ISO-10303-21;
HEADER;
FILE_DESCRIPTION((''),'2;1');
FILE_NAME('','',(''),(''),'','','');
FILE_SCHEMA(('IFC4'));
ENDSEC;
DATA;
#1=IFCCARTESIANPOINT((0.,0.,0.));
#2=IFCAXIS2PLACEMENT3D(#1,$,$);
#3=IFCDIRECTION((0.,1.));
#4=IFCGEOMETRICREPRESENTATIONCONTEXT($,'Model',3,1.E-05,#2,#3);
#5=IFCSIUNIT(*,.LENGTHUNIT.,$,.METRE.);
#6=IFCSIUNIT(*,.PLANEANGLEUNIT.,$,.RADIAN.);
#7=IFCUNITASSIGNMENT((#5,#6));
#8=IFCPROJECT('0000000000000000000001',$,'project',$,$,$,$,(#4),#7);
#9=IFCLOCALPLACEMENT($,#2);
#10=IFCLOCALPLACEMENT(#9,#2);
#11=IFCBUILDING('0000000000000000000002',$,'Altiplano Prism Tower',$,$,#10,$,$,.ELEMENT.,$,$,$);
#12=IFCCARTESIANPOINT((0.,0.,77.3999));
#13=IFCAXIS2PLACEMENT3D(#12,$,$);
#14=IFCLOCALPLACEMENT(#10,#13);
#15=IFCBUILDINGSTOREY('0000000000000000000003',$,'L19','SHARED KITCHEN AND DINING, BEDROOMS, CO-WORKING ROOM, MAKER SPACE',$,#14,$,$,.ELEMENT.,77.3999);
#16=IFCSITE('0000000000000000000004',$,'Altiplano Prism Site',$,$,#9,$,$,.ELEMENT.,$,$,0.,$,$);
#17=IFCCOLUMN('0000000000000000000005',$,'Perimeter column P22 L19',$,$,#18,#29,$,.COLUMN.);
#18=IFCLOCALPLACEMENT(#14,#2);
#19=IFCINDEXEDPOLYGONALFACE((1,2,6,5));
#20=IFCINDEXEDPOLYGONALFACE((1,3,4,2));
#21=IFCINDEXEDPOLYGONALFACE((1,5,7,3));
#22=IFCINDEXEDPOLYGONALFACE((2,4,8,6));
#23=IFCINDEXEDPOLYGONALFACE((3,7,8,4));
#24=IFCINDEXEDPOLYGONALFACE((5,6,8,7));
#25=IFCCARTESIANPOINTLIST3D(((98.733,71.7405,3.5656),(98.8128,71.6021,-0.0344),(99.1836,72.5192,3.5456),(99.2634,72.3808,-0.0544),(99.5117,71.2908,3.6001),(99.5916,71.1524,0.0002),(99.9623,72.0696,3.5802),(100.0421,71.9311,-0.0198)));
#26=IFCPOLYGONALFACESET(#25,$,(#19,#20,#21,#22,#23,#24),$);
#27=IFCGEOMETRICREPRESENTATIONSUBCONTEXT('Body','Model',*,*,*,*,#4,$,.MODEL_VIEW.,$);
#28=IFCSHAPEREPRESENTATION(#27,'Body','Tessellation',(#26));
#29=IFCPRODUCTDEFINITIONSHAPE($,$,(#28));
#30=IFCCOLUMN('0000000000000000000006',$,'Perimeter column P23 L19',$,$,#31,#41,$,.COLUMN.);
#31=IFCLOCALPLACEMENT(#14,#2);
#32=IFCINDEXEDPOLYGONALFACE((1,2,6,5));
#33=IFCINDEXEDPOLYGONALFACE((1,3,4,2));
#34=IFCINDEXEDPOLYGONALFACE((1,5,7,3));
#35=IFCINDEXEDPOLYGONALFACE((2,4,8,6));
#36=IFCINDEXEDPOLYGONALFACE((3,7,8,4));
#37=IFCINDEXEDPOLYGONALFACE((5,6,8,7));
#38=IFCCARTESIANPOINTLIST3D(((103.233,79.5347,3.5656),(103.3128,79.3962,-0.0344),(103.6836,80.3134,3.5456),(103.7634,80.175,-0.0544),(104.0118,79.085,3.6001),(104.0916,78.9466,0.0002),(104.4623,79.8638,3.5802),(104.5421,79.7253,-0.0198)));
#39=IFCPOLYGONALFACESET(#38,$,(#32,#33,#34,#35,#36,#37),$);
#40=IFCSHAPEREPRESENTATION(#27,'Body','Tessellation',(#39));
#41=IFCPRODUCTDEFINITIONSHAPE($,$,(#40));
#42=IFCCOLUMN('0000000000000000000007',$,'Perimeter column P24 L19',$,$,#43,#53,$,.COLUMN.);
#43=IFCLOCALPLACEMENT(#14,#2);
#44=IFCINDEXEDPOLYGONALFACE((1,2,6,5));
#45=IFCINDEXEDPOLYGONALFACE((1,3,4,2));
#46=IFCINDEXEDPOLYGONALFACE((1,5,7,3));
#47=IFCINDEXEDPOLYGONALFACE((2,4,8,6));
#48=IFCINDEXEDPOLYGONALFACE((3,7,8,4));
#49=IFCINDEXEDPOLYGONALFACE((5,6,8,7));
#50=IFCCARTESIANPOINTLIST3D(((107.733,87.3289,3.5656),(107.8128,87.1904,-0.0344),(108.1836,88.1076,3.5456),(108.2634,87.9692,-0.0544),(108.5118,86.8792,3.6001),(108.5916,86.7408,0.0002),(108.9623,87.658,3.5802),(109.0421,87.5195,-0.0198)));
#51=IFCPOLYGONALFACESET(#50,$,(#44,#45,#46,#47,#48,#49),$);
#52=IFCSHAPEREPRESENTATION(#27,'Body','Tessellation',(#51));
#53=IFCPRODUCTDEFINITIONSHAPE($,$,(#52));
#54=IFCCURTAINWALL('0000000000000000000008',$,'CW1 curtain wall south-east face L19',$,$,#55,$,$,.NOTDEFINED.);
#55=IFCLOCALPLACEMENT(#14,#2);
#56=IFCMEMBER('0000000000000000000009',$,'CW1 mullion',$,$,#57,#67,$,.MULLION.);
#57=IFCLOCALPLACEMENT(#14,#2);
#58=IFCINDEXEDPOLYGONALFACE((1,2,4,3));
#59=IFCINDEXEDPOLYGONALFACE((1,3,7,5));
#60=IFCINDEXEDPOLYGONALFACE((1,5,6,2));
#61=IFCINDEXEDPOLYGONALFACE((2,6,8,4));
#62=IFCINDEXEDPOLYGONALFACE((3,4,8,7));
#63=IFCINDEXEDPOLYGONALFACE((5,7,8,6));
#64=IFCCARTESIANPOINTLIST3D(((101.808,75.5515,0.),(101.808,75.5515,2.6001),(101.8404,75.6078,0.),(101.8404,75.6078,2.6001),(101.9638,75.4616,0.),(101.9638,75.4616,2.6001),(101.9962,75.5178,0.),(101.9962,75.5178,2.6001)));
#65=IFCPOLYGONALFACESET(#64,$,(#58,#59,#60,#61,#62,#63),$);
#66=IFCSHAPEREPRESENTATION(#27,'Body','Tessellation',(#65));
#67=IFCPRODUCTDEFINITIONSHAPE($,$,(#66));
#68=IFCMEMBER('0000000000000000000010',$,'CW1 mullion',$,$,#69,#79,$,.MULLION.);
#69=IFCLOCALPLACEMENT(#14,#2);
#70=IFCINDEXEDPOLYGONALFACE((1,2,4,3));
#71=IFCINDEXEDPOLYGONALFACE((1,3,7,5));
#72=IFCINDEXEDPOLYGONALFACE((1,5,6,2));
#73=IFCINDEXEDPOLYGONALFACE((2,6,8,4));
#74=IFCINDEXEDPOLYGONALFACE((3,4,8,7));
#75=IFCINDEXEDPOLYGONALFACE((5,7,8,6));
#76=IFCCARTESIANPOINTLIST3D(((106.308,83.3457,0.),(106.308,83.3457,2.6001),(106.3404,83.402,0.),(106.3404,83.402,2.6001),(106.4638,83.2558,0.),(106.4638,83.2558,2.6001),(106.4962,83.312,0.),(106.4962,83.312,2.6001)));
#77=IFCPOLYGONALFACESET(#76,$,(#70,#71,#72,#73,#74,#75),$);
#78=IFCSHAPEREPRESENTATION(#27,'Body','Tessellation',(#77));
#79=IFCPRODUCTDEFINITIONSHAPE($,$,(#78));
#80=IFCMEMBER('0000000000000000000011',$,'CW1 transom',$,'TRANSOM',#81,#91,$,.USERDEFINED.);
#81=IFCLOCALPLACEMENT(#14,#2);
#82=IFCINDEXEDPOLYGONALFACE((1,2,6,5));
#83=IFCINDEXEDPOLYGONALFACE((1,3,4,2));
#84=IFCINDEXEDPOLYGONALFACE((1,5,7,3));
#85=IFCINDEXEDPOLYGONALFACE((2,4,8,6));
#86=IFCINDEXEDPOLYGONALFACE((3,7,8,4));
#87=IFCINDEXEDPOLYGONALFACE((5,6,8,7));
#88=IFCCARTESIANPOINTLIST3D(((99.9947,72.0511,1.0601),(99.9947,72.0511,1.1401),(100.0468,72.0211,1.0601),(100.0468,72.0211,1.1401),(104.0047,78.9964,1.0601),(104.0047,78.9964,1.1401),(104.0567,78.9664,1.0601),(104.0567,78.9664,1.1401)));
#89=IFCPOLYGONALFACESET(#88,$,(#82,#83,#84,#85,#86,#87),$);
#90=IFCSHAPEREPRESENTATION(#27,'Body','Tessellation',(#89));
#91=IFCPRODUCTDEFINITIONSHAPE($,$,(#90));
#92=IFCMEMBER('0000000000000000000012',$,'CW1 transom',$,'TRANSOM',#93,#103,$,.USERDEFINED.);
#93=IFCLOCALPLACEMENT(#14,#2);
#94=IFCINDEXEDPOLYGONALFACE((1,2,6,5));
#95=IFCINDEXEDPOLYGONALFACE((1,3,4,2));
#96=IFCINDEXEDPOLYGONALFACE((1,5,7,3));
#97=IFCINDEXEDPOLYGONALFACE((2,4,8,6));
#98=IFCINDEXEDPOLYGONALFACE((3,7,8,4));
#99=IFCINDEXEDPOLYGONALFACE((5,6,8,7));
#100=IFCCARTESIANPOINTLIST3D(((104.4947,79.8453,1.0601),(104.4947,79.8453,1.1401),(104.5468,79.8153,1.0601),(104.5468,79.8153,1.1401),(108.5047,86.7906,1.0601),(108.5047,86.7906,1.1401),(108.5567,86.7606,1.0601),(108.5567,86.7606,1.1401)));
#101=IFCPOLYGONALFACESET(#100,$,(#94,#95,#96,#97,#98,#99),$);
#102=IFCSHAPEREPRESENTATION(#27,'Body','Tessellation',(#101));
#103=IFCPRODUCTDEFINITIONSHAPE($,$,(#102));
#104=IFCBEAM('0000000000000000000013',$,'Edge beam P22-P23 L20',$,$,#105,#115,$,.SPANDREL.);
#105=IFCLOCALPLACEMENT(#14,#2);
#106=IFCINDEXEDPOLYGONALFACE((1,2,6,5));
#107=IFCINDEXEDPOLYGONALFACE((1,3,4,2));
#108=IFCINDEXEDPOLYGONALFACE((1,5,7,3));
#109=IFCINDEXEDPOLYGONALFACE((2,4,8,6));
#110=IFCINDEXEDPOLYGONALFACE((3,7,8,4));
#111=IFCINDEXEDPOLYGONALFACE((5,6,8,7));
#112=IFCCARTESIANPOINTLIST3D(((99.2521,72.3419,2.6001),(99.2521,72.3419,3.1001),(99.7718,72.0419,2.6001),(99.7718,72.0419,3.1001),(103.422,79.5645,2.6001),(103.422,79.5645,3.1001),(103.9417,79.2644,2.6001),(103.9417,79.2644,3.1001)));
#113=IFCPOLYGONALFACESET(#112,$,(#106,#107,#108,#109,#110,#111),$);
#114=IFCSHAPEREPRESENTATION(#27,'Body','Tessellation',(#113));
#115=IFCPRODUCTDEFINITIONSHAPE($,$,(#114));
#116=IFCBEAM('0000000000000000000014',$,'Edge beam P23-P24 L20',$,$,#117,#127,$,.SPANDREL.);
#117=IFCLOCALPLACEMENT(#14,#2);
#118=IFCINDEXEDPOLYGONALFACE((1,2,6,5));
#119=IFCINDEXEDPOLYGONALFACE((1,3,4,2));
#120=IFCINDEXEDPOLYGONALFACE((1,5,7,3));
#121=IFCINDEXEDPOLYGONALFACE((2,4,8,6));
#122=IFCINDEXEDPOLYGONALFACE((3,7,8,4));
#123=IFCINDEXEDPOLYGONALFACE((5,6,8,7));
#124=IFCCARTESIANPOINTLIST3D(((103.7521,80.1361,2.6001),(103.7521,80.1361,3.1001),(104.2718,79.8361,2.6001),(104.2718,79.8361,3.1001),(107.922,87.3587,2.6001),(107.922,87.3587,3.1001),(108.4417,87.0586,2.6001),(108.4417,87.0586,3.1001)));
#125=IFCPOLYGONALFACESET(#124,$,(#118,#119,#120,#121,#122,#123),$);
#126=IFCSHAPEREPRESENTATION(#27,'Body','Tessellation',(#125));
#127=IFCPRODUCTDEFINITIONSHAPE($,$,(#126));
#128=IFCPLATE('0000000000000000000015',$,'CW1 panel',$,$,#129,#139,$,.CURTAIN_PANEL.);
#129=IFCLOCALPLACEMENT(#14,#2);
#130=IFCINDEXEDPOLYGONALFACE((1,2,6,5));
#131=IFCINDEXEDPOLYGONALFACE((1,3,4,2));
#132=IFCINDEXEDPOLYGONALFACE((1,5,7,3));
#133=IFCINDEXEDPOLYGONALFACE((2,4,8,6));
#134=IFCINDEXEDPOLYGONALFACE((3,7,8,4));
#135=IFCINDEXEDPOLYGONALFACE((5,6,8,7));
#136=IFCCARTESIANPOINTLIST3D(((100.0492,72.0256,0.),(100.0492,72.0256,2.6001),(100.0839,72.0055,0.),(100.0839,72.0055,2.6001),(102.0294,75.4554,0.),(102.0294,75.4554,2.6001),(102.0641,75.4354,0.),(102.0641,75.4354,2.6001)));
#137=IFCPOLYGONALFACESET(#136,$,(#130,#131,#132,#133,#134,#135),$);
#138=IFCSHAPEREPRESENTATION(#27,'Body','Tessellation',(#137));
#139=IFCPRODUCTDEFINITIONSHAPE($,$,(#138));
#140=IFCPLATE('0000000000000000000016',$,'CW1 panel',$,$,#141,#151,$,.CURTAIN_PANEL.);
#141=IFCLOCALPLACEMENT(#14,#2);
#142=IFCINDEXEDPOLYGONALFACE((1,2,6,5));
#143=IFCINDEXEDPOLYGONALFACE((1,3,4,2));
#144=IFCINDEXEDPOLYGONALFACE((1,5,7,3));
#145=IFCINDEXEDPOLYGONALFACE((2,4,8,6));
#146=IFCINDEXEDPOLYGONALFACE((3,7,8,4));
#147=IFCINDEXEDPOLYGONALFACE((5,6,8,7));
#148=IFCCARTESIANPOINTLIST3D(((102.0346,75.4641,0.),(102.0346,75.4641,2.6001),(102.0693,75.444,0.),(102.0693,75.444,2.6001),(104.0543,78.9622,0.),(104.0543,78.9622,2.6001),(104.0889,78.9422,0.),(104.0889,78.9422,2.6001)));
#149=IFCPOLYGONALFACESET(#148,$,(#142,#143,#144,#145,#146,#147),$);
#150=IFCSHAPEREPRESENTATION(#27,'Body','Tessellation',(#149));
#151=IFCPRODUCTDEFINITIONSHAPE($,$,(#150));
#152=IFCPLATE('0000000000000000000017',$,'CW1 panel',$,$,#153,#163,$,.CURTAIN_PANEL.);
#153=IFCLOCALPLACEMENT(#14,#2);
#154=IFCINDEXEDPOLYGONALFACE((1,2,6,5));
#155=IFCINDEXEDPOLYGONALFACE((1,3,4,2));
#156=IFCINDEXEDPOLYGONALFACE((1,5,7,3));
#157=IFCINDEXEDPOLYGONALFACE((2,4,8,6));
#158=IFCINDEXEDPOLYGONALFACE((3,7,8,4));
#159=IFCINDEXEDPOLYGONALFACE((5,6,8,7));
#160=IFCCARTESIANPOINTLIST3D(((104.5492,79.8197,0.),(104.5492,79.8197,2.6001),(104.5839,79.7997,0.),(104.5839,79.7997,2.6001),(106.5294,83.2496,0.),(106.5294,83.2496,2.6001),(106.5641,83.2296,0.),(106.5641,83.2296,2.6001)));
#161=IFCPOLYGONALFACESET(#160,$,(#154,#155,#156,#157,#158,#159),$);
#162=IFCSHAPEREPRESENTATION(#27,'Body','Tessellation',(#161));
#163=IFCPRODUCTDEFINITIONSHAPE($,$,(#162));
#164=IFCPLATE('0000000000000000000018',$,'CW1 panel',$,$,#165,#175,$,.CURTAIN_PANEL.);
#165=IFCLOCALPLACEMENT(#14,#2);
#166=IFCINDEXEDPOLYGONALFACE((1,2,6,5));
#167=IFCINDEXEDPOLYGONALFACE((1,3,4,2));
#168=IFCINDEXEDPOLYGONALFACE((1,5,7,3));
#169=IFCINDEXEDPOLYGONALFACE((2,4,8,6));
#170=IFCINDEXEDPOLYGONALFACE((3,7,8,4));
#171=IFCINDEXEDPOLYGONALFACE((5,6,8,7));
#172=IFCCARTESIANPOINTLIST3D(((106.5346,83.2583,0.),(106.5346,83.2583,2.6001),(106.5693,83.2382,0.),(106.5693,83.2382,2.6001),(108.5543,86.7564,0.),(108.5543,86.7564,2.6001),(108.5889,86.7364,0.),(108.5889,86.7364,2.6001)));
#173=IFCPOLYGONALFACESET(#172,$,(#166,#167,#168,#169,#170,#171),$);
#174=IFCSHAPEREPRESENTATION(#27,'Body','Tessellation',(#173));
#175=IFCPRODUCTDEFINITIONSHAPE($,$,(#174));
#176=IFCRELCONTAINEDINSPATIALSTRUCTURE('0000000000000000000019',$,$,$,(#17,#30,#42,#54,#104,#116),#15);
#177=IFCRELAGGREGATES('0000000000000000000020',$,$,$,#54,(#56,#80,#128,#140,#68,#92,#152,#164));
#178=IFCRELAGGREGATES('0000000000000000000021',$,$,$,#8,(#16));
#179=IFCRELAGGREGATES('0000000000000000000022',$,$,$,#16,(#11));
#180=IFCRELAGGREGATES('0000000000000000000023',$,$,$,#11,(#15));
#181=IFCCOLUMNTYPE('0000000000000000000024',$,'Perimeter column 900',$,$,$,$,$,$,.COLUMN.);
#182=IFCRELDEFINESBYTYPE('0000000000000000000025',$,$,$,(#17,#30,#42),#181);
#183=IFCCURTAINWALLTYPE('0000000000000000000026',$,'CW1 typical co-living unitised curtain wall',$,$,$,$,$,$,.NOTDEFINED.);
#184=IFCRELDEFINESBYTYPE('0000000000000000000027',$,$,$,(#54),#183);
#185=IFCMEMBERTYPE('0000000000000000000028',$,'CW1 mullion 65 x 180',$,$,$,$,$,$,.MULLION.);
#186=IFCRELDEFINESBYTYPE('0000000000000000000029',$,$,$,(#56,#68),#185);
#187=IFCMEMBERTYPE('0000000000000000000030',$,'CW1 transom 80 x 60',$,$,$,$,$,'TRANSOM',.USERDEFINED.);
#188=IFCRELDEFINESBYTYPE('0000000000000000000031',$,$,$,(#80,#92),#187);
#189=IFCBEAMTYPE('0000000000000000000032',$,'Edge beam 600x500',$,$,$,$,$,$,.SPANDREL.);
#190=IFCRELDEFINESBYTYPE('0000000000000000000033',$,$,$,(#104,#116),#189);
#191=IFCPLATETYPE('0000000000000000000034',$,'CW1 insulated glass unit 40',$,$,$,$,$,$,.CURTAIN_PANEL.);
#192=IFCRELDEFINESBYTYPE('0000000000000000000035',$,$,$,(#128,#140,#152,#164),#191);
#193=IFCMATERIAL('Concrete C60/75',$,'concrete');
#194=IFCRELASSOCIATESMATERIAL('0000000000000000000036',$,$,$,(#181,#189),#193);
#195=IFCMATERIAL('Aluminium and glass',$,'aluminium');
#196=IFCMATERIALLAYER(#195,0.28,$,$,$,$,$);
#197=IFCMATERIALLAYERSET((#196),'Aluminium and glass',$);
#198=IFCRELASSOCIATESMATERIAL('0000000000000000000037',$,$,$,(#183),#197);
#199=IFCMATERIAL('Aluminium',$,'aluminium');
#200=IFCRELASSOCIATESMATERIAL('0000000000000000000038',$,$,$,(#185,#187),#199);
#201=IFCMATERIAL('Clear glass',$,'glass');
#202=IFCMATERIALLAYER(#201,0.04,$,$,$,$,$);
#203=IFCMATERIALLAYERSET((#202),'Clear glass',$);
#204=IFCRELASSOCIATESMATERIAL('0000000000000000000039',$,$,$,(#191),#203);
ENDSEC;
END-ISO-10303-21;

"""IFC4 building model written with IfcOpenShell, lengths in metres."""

from ifc_helpers import new_model, si_unit, direction, frame, origin, origin_2d, place, context, subcontext, project, spatial, rectangle, extrude, material, layer, layer_set, material_profile, profile_set, type_object, element, aggregate, save


model = new_model("IFC4")

# Units and contexts
model_context = context("Model", 3, precision=1e-05, world=origin(), true_north=direction((0.0, 1.0)))
body_context = subcontext(model_context, "Body", "Model", "MODEL_VIEW")
ifc_project = project(units=[si_unit("LENGTHUNIT", "METRE"), si_unit("PLANEANGLEUNIT", "RADIAN")], contexts=[model_context])

# Site, building, storey
site_placement = place(None, origin())
site = spatial("IfcSite", under=ifc_project, at=site_placement, Name="Altiplano Prism Site", CompositionType="ELEMENT", RefElevation=0.0)
building_placement = place(site_placement, origin())
building = spatial("IfcBuilding", under=site, at=building_placement, Name="Altiplano Prism Tower", CompositionType="ELEMENT")
storey_placement = place(building_placement, frame((0.0, 0.0, 77.3999)))
storey = spatial("IfcBuildingStorey", under=building, at=storey_placement, Name="L19", Description="SHARED KITCHEN AND DINING, BEDROOMS, CO-WORKING ROOM, MAKER SPACE", CompositionType="ELEMENT", Elevation=77.3999)

# Columns
ifc_material_1 = material(Name="Concrete C60/75", Category="concrete")
ifc_material_profile_1 = material_profile(ifc_material_1, rectangle(XDim=0.8999, YDim=0.8999, at=origin_2d()), Name="Perimeter column 900")
ifc_profile_set_1 = profile_set([ifc_material_profile_1], Name="Concrete C60/75")
column_type = type_object("IfcColumnType", Name="Perimeter column 900", PredefinedType="COLUMN", material=ifc_profile_set_1)
for number, where, z_axis, x_axis, name in (
    (1, (99.4275, 71.7666, -0.0271), (-0.022155, 0.038416, 0.999016), (-0.500662, -0.865359, 0.022173), "Perimeter column P22 L19"),
    (2, (103.9275, 79.5608, -0.0271), (-0.022155, 0.038416, 0.999016), (-0.500657, -0.865361, 0.022173), "Perimeter column P23 L19"),
    (3, (108.4275, 87.355, -0.0271), (-0.022155, 0.038416, 0.999016), (-0.500657, -0.865361, 0.022173), "Perimeter column P24 L19"),
):
    element("IfcColumn", number, at=place(storey_placement, frame(where, z_axis=z_axis, x_axis=x_axis)), inside=storey, type_object=column_type, Name=name, PredefinedType="COLUMN", context=body_context, shape_type="SweptSolid", body=[
        extrude(rectangle(XDim=0.8999, YDim=0.8999, at=origin_2d()), origin(), (0.0, 0.0, 1.0), 3.6035),
    ])

# Curtain wall, members
ifc_material_2 = material(Name="Aluminium and glass", Category="aluminium")
ifc_layer_1 = layer(ifc_material_2, 0.28)
ifc_layer_set_1 = layer_set([ifc_layer_1], Name="Aluminium and glass")
curtain_wall_type = type_object("IfcCurtainWallType", Name="CW1 typical co-living unitised curtain wall", PredefinedType="NOTDEFINED", material=ifc_layer_set_1)
curtain_wall_placement = place(storey_placement, origin())
curtain_wall = element("IfcCurtainWall", 4, at=curtain_wall_placement, inside=storey, type_object=curtain_wall_type, Name="CW1 curtain wall south-east face L19", PredefinedType="NOTDEFINED")
ifc_material_3 = material(Name="Aluminium", Category="aluminium")
ifc_material_profile_2 = material_profile(ifc_material_3, rectangle(XDim=0.1799, YDim=0.0649, at=origin_2d()), Name="CW1 mullion 65 x 180")
ifc_profile_set_2 = profile_set([ifc_material_profile_2], Name="Aluminium")
member_type_1 = type_object("IfcMemberType", Name="CW1 mullion 65 x 180", PredefinedType="MULLION", material=ifc_profile_set_2)
member_1_placement = place(storey_placement, frame((101.9021, 75.5347, 0.0), z_axis=(0.0, 0.0, 1.0), x_axis=(-0.866025, 0.5, 0.0)))
member_1 = element("IfcMember", 5, at=member_1_placement, type_object=member_type_1, Name="CW1 mullion", PredefinedType="MULLION", context=body_context, shape_type="SweptSolid", body=[
    extrude(rectangle(XDim=0.1799, YDim=0.0649, at=origin_2d()), origin(), (0.0, 0.0, 1.0), 2.6001),
])
member_2_placement = place(storey_placement, frame((106.4021, 83.3289, 0.0), z_axis=(0.0, 0.0, 1.0), x_axis=(-0.866025, 0.5, 0.0)))
member_2 = element("IfcMember", 6, at=member_2_placement, type_object=member_type_1, Name="CW1 mullion", PredefinedType="MULLION", context=body_context, shape_type="SweptSolid", body=[
    extrude(rectangle(XDim=0.1799, YDim=0.0649, at=origin_2d()), origin(), (0.0, 0.0, 1.0), 2.6001),
])
ifc_material_profile_3 = material_profile(ifc_material_3, rectangle(XDim=0.0601, YDim=0.0801, at=origin_2d()), Name="CW1 transom 80 x 60")
ifc_profile_set_3 = profile_set([ifc_material_profile_3], Name="Aluminium")
member_type_2 = type_object("IfcMemberType", Name="CW1 transom 80 x 60", ElementType="TRANSOM", PredefinedType="USERDEFINED", material=ifc_profile_set_3)
member_3_placement = place(storey_placement, frame((100.0208, 72.0361, 1.1001), z_axis=(0.500012, 0.866018, 0.0), x_axis=(-0.866018, 0.500012, 0.0)))
member_3 = element("IfcMember", 7, at=member_3_placement, type_object=member_type_2, Name="CW1 transom", ObjectType="TRANSOM", PredefinedType="USERDEFINED", context=body_context, shape_type="SweptSolid", body=[
    extrude(rectangle(XDim=0.0601, YDim=0.0801, at=origin_2d()), origin(), (0.0, 0.0, 1.0), 8.0198),
])
member_4_placement = place(storey_placement, frame((104.5208, 79.8303, 1.1001), z_axis=(0.500012, 0.866018, 0.0), x_axis=(-0.866018, 0.500012, 0.0)))
member_4 = element("IfcMember", 8, at=member_4_placement, type_object=member_type_2, Name="CW1 transom", ObjectType="TRANSOM", PredefinedType="USERDEFINED", context=body_context, shape_type="SweptSolid", body=[
    extrude(rectangle(XDim=0.0601, YDim=0.0801, at=origin_2d()), origin(), (0.0, 0.0, 1.0), 8.0198),
])

# Beams
ifc_material_profile_4 = material_profile(ifc_material_1, rectangle(XDim=0.6001, YDim=0.5, at=origin_2d()), Name="Edge beam 600x500")
ifc_profile_set_4 = profile_set([ifc_material_profile_4], Name="Concrete C60/75")
beam_type = type_object("IfcBeamType", Name="Edge beam 600x500", PredefinedType="SPANDREL", material=ifc_profile_set_4)
for number, where, z_axis, x_axis, name in (
    (9, (99.512, 72.1919, 2.8501), (0.499993, 0.86603, 0.0), (-0.86603, 0.499993, 0.0), "Edge beam P22-P23 L20"),
    (10, (104.012, 79.9861, 2.8501), (0.499993, 0.86603, 0.0), (-0.86603, 0.499993, 0.0), "Edge beam P23-P24 L20"),
):
    element("IfcBeam", number, at=place(storey_placement, frame(where, z_axis=z_axis, x_axis=x_axis)), inside=storey, type_object=beam_type, Name=name, PredefinedType="SPANDREL", context=body_context, shape_type="SweptSolid", body=[
        extrude(rectangle(XDim=0.6001, YDim=0.5, at=origin_2d()), origin(), (0.0, 0.0, 1.0), 8.3398),
    ])

# Plates
ifc_material_4 = material(Name="Clear glass", Category="glass")
ifc_layer_2 = layer(ifc_material_4, 0.04)
ifc_layer_set_2 = layer_set([ifc_layer_2], Name="Clear glass")
plate_type = type_object("IfcPlateType", Name="CW1 insulated glass unit 40", PredefinedType="CURTAIN_PANEL", material=ifc_layer_set_2)
plate_1_placement = place(storey_placement, frame((101.0566, 73.7305, 0.0), z_axis=(0.0, 0.0, 1.0), x_axis=(0.5, 0.866025, 0.0)))
plate_1 = element("IfcPlate", 11, at=plate_1_placement, type_object=plate_type, Name="CW1 panel", PredefinedType="CURTAIN_PANEL", context=body_context, shape_type="SweptSolid", body=[
    extrude(rectangle(XDim=3.9604, YDim=0.04, at=origin_2d()), origin(), (0.0, 0.0, 1.0), 2.6001),
])
plate_2_placement = place(storey_placement, frame((103.0618, 77.2031, 0.0), z_axis=(0.0, 0.0, 1.0), x_axis=(0.5, 0.866025, 0.0)))
plate_2 = element("IfcPlate", 12, at=plate_2_placement, type_object=plate_type, Name="CW1 panel", PredefinedType="CURTAIN_PANEL", context=body_context, shape_type="SweptSolid", body=[
    extrude(rectangle(XDim=4.0393, YDim=0.04, at=origin_2d()), origin(), (0.0, 0.0, 1.0), 2.6001),
])
plate_3_placement = place(storey_placement, frame((105.5566, 81.5247, 0.0), z_axis=(0.0, 0.0, 1.0), x_axis=(0.5, 0.866025, 0.0)))
plate_3 = element("IfcPlate", 13, at=plate_3_placement, type_object=plate_type, Name="CW1 panel", PredefinedType="CURTAIN_PANEL", context=body_context, shape_type="SweptSolid", body=[
    extrude(rectangle(XDim=3.9604, YDim=0.04, at=origin_2d()), origin(), (0.0, 0.0, 1.0), 2.6001),
])
plate_4_placement = place(storey_placement, frame((107.5618, 84.9973, 0.0), z_axis=(0.0, 0.0, 1.0), x_axis=(0.5, 0.866025, 0.0)))
plate_4 = element("IfcPlate", 14, at=plate_4_placement, type_object=plate_type, Name="CW1 panel", PredefinedType="CURTAIN_PANEL", context=body_context, shape_type="SweptSolid", body=[
    extrude(rectangle(XDim=4.0393, YDim=0.04, at=origin_2d()), origin(), (0.0, 0.0, 1.0), 2.6001),
])
aggregate(curtain_wall, [member_1, member_3, plate_1, plate_2, member_2, member_4, plate_3, plate_4])

save(model, "model.ifc")
